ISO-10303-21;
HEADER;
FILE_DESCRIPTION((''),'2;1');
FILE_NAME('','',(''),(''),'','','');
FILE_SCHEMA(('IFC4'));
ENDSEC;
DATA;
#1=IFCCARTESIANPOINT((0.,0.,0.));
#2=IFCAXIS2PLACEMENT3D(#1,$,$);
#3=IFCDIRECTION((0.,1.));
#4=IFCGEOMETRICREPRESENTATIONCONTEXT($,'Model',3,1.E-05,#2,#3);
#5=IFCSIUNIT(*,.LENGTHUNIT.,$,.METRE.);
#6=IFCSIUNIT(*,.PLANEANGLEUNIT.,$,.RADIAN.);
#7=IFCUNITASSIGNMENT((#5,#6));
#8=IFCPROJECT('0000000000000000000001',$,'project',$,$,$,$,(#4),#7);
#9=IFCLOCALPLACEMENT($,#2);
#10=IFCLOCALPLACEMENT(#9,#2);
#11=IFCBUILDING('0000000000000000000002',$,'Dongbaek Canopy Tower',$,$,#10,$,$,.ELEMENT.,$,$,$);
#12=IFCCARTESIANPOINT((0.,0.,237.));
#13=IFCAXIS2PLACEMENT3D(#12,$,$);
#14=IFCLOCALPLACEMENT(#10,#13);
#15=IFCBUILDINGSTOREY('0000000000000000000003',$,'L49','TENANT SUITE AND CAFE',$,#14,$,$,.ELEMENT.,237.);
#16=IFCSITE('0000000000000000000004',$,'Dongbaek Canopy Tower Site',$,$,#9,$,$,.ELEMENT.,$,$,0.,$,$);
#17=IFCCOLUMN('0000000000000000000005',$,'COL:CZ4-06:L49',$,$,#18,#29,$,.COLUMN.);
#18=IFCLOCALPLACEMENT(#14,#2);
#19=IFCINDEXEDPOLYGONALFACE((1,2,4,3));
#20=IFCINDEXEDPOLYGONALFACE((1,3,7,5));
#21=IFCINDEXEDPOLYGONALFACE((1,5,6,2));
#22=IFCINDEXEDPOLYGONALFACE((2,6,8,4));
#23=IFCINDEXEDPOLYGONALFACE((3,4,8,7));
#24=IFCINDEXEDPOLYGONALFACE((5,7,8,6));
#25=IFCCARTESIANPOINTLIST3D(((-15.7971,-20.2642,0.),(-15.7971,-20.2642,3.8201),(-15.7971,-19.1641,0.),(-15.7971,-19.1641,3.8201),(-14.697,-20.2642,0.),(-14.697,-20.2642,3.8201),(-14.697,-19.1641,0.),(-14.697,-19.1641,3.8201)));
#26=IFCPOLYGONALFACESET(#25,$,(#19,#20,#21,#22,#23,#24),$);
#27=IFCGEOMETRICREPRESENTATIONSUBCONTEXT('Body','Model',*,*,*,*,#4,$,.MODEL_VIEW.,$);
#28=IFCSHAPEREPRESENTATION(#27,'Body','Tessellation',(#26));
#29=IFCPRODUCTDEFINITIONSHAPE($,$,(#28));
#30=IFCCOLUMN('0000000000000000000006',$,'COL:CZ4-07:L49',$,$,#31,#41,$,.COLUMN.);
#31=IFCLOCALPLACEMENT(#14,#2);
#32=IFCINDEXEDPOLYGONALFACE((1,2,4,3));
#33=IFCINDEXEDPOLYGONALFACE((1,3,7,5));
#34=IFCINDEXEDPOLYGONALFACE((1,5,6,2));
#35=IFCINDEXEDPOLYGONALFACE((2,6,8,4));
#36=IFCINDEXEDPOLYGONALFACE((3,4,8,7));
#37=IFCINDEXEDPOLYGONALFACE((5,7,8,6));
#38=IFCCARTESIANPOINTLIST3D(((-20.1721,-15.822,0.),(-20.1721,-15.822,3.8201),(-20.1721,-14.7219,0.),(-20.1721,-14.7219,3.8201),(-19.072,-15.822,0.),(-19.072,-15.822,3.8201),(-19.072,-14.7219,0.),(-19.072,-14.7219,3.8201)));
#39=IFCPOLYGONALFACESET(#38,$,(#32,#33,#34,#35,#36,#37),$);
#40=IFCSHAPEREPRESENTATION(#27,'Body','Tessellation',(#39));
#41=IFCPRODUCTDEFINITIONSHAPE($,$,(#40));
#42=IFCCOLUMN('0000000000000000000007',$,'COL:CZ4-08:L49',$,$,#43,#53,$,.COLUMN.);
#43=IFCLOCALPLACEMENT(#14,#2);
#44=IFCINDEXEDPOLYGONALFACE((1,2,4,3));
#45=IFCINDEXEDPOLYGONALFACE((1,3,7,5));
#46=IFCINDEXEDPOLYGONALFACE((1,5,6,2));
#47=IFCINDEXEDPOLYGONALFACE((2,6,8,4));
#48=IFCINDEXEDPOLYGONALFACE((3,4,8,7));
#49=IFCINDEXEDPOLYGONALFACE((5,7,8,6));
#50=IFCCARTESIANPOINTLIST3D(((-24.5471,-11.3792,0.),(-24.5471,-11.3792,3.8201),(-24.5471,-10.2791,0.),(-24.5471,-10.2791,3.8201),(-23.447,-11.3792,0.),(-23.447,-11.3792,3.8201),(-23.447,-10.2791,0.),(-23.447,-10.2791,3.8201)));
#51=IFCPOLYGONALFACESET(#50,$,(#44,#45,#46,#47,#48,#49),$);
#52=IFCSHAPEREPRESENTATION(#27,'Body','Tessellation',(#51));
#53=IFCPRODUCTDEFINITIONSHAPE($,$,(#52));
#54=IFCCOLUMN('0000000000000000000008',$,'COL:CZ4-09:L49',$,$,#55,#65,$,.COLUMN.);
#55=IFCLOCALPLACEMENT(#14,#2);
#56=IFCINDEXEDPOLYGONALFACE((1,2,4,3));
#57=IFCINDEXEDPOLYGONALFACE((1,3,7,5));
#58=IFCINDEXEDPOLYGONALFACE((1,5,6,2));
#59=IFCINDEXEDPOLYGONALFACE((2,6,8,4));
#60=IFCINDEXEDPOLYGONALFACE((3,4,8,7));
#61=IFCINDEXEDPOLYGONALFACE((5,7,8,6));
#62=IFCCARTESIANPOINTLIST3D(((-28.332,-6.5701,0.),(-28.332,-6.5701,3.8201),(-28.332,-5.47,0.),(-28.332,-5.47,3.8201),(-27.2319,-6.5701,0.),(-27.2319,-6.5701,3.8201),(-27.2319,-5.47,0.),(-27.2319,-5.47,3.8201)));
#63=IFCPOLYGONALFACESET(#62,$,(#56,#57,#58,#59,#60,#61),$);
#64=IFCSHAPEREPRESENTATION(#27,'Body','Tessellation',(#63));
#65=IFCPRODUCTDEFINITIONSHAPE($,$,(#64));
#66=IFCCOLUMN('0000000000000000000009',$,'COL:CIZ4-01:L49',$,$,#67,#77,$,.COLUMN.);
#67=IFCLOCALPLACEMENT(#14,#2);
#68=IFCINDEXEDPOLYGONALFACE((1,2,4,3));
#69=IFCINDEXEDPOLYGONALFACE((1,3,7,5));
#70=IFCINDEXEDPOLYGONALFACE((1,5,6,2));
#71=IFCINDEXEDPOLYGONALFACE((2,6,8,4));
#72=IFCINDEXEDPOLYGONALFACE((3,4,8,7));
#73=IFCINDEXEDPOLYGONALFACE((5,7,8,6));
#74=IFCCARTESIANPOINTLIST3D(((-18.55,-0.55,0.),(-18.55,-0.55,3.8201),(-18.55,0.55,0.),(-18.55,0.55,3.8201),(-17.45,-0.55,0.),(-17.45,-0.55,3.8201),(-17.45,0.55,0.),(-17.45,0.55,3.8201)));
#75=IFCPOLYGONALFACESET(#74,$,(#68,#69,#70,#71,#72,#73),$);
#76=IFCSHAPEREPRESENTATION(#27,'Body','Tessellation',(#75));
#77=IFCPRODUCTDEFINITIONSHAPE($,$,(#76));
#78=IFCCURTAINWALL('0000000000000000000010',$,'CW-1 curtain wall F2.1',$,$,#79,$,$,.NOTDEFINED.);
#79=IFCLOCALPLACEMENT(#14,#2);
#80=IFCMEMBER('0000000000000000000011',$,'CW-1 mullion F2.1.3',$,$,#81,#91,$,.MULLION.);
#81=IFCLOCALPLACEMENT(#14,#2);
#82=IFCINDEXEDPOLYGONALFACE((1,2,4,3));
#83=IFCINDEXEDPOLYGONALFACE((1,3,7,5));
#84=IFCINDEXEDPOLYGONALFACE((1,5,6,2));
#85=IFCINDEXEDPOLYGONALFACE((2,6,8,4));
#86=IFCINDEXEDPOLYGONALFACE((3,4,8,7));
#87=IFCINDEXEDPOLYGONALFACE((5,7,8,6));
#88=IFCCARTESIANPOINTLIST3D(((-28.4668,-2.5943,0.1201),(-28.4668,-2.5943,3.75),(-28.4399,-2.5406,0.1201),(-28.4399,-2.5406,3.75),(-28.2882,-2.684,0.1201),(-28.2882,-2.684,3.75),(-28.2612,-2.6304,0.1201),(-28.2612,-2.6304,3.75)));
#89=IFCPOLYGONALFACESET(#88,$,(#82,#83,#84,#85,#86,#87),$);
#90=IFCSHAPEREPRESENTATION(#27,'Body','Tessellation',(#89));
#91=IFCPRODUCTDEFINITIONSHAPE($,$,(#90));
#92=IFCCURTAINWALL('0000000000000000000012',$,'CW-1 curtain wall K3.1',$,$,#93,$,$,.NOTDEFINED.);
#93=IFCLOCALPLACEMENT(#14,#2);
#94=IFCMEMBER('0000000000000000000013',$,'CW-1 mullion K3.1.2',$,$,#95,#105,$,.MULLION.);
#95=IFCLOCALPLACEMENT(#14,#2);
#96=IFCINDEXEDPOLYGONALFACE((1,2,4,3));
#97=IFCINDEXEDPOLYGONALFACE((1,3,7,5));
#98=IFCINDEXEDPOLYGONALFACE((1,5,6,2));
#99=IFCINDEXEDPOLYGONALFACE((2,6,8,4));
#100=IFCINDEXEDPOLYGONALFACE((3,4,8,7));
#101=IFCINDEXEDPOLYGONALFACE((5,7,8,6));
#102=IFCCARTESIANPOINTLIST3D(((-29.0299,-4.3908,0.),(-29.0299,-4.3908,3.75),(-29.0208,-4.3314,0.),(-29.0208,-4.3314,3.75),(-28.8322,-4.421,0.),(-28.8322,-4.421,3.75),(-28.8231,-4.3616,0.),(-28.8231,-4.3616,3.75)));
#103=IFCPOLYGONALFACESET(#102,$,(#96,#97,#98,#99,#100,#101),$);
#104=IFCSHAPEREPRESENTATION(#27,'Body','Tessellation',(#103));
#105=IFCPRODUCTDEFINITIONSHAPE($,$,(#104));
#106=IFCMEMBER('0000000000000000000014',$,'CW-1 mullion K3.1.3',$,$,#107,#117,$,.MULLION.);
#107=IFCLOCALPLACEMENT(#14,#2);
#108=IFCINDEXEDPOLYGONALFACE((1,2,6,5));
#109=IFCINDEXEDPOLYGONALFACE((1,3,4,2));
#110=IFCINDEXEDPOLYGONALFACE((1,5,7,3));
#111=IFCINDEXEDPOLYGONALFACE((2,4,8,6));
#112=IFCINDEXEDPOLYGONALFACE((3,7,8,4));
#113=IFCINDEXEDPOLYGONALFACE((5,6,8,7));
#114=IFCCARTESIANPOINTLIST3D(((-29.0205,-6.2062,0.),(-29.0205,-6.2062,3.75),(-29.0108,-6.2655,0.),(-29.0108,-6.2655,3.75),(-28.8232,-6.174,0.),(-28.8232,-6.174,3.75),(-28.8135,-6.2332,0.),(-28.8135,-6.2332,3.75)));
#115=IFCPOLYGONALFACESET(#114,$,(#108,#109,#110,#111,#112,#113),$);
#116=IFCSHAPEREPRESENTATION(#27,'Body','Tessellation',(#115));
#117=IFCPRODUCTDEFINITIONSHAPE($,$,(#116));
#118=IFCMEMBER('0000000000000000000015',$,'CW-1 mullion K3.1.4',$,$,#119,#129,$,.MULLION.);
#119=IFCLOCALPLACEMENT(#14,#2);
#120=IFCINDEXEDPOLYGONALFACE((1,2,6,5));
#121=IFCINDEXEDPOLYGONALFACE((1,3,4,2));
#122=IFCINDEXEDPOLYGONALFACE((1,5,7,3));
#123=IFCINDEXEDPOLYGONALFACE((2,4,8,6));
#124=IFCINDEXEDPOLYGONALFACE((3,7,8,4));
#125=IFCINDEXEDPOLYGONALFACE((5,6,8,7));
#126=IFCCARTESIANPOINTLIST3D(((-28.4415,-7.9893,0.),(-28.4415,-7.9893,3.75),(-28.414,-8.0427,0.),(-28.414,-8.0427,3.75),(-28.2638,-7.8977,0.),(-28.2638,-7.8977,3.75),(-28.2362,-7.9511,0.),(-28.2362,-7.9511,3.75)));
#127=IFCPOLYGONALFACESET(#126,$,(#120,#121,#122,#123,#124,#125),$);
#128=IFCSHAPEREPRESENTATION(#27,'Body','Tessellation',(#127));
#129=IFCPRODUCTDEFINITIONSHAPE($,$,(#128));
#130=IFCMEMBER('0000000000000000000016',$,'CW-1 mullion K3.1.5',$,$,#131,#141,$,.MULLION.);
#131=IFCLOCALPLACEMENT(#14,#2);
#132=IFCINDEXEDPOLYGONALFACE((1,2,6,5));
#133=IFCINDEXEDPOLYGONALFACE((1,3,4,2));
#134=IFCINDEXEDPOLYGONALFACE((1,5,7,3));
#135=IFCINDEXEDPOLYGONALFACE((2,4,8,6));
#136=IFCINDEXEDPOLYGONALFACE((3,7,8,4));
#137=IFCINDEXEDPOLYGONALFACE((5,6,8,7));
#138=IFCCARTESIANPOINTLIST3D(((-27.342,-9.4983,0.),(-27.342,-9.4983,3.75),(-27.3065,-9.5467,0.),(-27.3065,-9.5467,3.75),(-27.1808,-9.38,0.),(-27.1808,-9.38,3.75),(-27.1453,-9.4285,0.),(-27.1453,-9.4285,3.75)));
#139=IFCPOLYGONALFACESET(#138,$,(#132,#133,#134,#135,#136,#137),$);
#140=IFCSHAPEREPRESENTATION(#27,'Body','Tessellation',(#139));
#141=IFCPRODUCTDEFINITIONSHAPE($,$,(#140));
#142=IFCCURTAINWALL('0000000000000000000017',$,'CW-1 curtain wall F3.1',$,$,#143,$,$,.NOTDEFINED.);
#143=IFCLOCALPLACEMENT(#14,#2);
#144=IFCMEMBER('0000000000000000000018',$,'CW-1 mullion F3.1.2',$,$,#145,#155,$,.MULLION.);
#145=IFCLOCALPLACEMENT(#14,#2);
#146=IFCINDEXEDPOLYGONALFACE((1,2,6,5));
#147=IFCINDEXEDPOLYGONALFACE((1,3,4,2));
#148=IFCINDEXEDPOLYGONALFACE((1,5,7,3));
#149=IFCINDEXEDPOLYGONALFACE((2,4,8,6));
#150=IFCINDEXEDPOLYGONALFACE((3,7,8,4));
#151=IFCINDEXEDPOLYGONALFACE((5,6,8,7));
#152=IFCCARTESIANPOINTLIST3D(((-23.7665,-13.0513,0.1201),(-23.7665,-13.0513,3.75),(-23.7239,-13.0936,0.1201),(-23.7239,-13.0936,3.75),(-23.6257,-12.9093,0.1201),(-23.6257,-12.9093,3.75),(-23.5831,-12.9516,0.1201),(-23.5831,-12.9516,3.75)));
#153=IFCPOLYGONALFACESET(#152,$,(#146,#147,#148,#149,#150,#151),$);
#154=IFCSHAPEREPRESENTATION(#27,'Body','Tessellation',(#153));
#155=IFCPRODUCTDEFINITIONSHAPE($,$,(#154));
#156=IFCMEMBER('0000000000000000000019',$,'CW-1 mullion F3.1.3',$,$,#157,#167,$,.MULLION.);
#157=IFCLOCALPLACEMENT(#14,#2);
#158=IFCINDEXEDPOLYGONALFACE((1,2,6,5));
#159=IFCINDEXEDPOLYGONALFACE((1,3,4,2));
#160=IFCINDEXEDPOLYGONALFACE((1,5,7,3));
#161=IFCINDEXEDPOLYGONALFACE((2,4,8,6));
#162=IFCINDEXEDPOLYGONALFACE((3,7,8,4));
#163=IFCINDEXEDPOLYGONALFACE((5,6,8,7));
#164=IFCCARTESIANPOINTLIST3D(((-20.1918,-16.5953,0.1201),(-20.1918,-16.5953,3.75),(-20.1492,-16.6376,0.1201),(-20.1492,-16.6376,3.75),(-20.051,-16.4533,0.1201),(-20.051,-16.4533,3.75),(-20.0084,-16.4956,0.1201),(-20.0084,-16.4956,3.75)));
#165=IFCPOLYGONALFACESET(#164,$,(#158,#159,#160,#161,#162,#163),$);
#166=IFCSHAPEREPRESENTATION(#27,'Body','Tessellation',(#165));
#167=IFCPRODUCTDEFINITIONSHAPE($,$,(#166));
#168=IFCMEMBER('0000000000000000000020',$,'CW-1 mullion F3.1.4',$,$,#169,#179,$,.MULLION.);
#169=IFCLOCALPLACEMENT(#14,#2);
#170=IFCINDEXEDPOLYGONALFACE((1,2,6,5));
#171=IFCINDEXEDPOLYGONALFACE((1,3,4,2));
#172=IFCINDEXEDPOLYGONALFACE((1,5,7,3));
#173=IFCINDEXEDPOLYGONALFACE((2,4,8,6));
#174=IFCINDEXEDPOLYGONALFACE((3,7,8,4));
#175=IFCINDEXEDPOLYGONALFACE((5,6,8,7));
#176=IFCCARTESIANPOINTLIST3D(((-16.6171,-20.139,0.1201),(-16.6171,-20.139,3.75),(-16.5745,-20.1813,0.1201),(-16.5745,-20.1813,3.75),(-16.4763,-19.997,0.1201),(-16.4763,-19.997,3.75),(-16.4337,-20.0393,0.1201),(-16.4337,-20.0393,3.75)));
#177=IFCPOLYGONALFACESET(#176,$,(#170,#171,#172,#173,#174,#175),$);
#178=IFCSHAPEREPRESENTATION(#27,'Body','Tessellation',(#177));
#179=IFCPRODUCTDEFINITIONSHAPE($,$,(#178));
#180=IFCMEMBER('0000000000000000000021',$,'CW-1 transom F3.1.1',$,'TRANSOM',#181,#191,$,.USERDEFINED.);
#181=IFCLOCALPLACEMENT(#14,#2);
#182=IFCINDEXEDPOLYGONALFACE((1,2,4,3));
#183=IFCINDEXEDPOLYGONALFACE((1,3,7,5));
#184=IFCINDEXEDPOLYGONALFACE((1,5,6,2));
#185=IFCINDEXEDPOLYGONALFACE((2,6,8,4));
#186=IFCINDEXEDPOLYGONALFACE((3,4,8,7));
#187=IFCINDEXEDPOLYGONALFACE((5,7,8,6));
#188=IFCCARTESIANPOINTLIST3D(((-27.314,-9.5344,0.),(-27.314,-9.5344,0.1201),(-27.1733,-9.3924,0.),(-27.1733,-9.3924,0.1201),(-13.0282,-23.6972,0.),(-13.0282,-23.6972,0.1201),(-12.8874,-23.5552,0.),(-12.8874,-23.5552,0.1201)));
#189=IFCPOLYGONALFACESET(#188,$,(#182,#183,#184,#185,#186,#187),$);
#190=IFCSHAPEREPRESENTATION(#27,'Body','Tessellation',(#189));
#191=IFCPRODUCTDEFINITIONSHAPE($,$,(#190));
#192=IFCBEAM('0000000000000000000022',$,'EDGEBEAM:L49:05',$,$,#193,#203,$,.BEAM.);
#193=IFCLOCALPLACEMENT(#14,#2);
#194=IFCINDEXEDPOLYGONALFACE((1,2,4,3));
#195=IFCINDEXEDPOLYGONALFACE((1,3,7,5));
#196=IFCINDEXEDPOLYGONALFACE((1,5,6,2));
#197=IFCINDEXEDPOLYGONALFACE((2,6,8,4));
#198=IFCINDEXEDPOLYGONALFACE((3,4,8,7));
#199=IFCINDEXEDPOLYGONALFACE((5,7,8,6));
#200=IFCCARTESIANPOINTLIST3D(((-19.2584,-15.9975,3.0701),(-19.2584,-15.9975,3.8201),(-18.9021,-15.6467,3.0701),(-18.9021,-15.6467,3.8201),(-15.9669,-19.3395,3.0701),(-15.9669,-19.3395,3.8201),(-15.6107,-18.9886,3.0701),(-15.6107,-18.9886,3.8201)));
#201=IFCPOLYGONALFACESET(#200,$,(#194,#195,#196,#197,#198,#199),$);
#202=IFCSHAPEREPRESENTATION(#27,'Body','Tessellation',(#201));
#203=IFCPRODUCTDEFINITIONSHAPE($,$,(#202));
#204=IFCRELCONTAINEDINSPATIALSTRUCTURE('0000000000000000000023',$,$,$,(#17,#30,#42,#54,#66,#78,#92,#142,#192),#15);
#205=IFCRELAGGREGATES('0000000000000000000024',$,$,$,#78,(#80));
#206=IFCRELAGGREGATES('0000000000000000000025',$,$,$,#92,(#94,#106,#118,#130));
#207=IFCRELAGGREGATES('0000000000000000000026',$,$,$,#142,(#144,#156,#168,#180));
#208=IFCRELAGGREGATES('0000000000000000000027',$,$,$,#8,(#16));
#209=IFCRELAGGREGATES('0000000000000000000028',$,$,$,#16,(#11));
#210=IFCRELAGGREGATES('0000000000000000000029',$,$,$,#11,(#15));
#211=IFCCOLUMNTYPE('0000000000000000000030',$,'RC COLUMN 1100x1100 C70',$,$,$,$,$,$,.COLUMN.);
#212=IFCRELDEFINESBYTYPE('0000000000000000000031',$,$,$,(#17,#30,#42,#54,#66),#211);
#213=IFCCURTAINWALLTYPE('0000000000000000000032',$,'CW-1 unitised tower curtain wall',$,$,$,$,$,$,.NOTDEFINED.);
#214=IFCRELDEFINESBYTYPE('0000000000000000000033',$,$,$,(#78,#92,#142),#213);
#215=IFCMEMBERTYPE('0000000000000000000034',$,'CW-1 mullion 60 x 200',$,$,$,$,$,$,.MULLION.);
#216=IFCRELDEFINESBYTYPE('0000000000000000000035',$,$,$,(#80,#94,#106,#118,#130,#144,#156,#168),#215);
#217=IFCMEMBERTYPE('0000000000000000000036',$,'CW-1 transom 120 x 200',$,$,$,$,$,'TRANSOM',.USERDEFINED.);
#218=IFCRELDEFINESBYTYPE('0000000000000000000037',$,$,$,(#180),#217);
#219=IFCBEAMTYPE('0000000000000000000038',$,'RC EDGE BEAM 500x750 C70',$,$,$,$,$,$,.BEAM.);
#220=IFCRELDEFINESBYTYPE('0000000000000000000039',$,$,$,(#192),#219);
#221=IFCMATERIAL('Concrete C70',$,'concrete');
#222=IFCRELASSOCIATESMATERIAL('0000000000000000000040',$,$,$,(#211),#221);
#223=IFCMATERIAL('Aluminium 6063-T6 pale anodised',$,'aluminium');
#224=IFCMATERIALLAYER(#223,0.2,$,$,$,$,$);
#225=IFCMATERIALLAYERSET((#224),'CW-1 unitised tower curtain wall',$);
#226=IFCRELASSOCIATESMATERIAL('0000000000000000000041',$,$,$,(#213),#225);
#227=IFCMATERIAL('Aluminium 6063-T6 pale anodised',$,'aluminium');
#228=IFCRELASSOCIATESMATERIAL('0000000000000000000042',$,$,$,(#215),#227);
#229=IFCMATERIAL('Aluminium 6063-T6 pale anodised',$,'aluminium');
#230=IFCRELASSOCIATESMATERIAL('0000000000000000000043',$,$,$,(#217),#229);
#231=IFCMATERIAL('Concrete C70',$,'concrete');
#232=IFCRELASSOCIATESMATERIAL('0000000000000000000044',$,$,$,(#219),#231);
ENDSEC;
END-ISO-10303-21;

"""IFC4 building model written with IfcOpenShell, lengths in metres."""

from ifc_helpers import new_model, si_unit, direction, frame, origin, origin_2d, place, context, subcontext, project, spatial, rectangle, extrude, material, layer, layer_set, material_profile, profile_set, type_object, element, aggregate, save


model = new_model("IFC4")

# Units and contexts
model_context = context("Model", 3, precision=1e-05, world=origin(), true_north=direction((0.0, 1.0)))
body_context = subcontext(model_context, "Body", "Model", "MODEL_VIEW")
ifc_project = project(units=[si_unit("LENGTHUNIT", "METRE"), si_unit("PLANEANGLEUNIT", "RADIAN")], contexts=[model_context])

# Site, building, storey
site_placement = place(None, origin())
site = spatial("IfcSite", under=ifc_project, at=site_placement, Name="Dongbaek Canopy Tower Site", CompositionType="ELEMENT", RefElevation=0.0)
building_placement = place(site_placement, origin())
building = spatial("IfcBuilding", under=site, at=building_placement, Name="Dongbaek Canopy Tower", CompositionType="ELEMENT")
storey_placement = place(building_placement, frame((0.0, 0.0, 237.0)))
storey = spatial("IfcBuildingStorey", under=building, at=storey_placement, Name="L49", Description="TENANT SUITE AND CAFE", CompositionType="ELEMENT", Elevation=237.0)

# Columns
ifc_material_1 = material(Name="Concrete C70", Category="concrete")
ifc_material_profile_1 = material_profile(ifc_material_1, rectangle(XDim=1.1001, YDim=1.1001, at=origin_2d()), Name="RC COLUMN 1100x1100 C70")
ifc_profile_set_1 = profile_set([ifc_material_profile_1], Name="Concrete C70")
column_type = type_object("IfcColumnType", Name="RC COLUMN 1100x1100 C70", PredefinedType="COLUMN", material=ifc_profile_set_1)
for number, where, z_axis, x_axis, name in (
    (1, (-15.2471, -19.7141, 0.0), (0.0, 0.0, 1.0), (1.0, 0.0, 0.0), "COL:CZ4-06:L49"),
    (2, (-19.6221, -15.272, 0.0), (0.0, 0.0, 1.0), (1.0, 0.0, 0.0), "COL:CZ4-07:L49"),
    (3, (-23.9971, -10.8291, 0.0), (0.0, 0.0, 1.0), (1.0, 0.0, 0.0), "COL:CZ4-08:L49"),
    (4, (-27.782, -6.02, 0.0), (0.0, 0.0, 1.0), (1.0, 0.0, 0.0), "COL:CZ4-09:L49"),
    (5, (-18.0, 0.0, 0.0), (0.0, 0.0, 1.0), (1.0, 0.0, 0.0), "COL:CIZ4-01:L49"),
):
    element("IfcColumn", number, at=place(storey_placement, frame(where, z_axis=z_axis, x_axis=x_axis)), inside=storey, type_object=column_type, Name=name, PredefinedType="COLUMN", context=body_context, shape_type="SweptSolid", body=[
        extrude(rectangle(XDim=1.1001, YDim=1.1001, at=origin_2d()), origin(), (0.0, 0.0, 1.0), 3.8201),
    ])

# Curtain wall, member
ifc_material_2 = material(Name="Aluminium 6063-T6 pale anodised", Category="aluminium")
ifc_layer_1 = layer(ifc_material_2, 0.2)
ifc_layer_set_1 = layer_set([ifc_layer_1], Name="CW-1 unitised tower curtain wall")
curtain_wall_type = type_object("IfcCurtainWallType", Name="CW-1 unitised tower curtain wall", PredefinedType="NOTDEFINED", material=ifc_layer_set_1)
curtain_wall_1_placement = place(storey_placement, origin())
curtain_wall_1 = element("IfcCurtainWall", 6, at=curtain_wall_1_placement, inside=storey, type_object=curtain_wall_type, Name="CW-1 curtain wall F2.1", PredefinedType="NOTDEFINED")
ifc_material_3 = material(Name="Aluminium 6063-T6 pale anodised", Category="aluminium")
ifc_material_profile_2 = material_profile(ifc_material_3, rectangle(XDim=0.2, YDim=0.0601, at=origin_2d()), Name="CW-1 mullion 60 x 200")
ifc_profile_set_2 = profile_set([ifc_material_profile_2], Name="Aluminium 6063-T6 pale anodised")
member_type_1 = type_object("IfcMemberType", Name="CW-1 mullion 60 x 200", PredefinedType="MULLION", material=ifc_profile_set_2)
member_1_placement = place(storey_placement, frame((-28.364, -2.6123, 0.1201), z_axis=(0.0, 0.0, 1.0), x_axis=(-0.893577, 0.448909, 0.0)))
member_1 = element("IfcMember", 7, at=member_1_placement, type_object=member_type_1, Name="CW-1 mullion F2.1.3", PredefinedType="MULLION", context=body_context, shape_type="SweptSolid", body=[
    extrude(rectangle(XDim=0.2, YDim=0.0601, at=origin_2d()), origin(), (0.0, 0.0, 1.0), 3.6299),
])

# Curtain walls, members
curtain_wall_2_placement = place(storey_placement, origin())
curtain_wall_2 = element("IfcCurtainWall", 8, at=curtain_wall_2_placement, inside=storey, type_object=curtain_wall_type, Name="CW-1 curtain wall K3.1", PredefinedType="NOTDEFINED")
member_2_placement = place(storey_placement, frame((-28.9265, -4.3762, 0.0), z_axis=(0.0, 0.0, 1.0), x_axis=(-0.988512, 0.151144, 0.0)))
member_2 = element("IfcMember", 9, at=member_2_placement, type_object=member_type_1, Name="CW-1 mullion K3.1.2", PredefinedType="MULLION", context=body_context, shape_type="SweptSolid", body=[
    extrude(rectangle(XDim=0.2, YDim=0.0601, at=origin_2d()), origin(), (0.0, 0.0, 1.0), 3.75),
])
member_3_placement = place(storey_placement, frame((-28.917, -6.2197, 0.0), z_axis=(0.0, 0.0, 1.0), x_axis=(-0.986892, -0.161383, 0.0)))
member_3 = element("IfcMember", 10, at=member_3_placement, type_object=member_type_1, Name="CW-1 mullion K3.1.3", PredefinedType="MULLION", context=body_context, shape_type="SweptSolid", body=[
    extrude(rectangle(XDim=0.2, YDim=0.0601, at=origin_2d()), origin(), (0.0, 0.0, 1.0), 3.75),
])
member_4_placement = place(storey_placement, frame((-28.3389, -7.9702, 0.0), z_axis=(0.0, 0.0, 1.0), x_axis=(-0.888876, -0.458148, 0.0)))
member_4 = element("IfcMember", 11, at=member_4_placement, type_object=member_type_1, Name="CW-1 mullion K3.1.4", PredefinedType="MULLION", context=body_context, shape_type="SweptSolid", body=[
    extrude(rectangle(XDim=0.2, YDim=0.0601, at=origin_2d()), origin(), (0.0, 0.0, 1.0), 3.75),
])
member_5_placement = place(storey_placement, frame((-27.2437, -9.4634, 0.0), z_axis=(0.0, 0.0, 1.0), x_axis=(-0.806363, -0.591421, 0.0)))
member_5 = element("IfcMember", 12, at=member_5_placement, type_object=member_type_1, Name="CW-1 mullion K3.1.5", PredefinedType="MULLION", context=body_context, shape_type="SweptSolid", body=[
    extrude(rectangle(XDim=0.2, YDim=0.0601, at=origin_2d()), origin(), (0.0, 0.0, 1.0), 3.75),
])
curtain_wall_3_placement = place(storey_placement, origin())
curtain_wall_3 = element("IfcCurtainWall", 13, at=curtain_wall_3_placement, inside=storey, type_object=curtain_wall_type, Name="CW-1 curtain wall F3.1", PredefinedType="NOTDEFINED")
member_6_placement = place(storey_placement, frame((-23.6748, -13.0015, 0.1201), z_axis=(0.0, 0.0, 1.0), x_axis=(-0.704038, -0.710162, 0.0)))
member_6 = element("IfcMember", 14, at=member_6_placement, type_object=member_type_1, Name="CW-1 mullion F3.1.2", PredefinedType="MULLION", context=body_context, shape_type="SweptSolid", body=[
    extrude(rectangle(XDim=0.2, YDim=0.0601, at=origin_2d()), origin(), (0.0, 0.0, 1.0), 3.6299),
])
member_7_placement = place(storey_placement, frame((-20.1001, -16.5454, 0.1201), z_axis=(0.0, 0.0, 1.0), x_axis=(-0.704038, -0.710162, 0.0)))
member_7 = element("IfcMember", 15, at=member_7_placement, type_object=member_type_1, Name="CW-1 mullion F3.1.3", PredefinedType="MULLION", context=body_context, shape_type="SweptSolid", body=[
    extrude(rectangle(XDim=0.2, YDim=0.0601, at=origin_2d()), origin(), (0.0, 0.0, 1.0), 3.6299),
])
member_8_placement = place(storey_placement, frame((-16.5254, -20.0891, 0.1201), z_axis=(0.0, 0.0, 1.0), x_axis=(-0.704038, -0.710162, 0.0)))
member_8 = element("IfcMember", 16, at=member_8_placement, type_object=member_type_1, Name="CW-1 mullion F3.1.4", PredefinedType="MULLION", context=body_context, shape_type="SweptSolid", body=[
    extrude(rectangle(XDim=0.2, YDim=0.0601, at=origin_2d()), origin(), (0.0, 0.0, 1.0), 3.6299),
])
ifc_material_4 = material(Name="Aluminium 6063-T6 pale anodised", Category="aluminium")
ifc_material_profile_3 = material_profile(ifc_material_4, rectangle(XDim=0.2, YDim=0.1201, at=origin_2d()), Name="CW-1 transom 120 x 200")
ifc_profile_set_3 = profile_set([ifc_material_profile_3], Name="Aluminium 6063-T6 pale anodised")
member_type_2 = type_object("IfcMemberType", Name="CW-1 transom 120 x 200", ElementType="TRANSOM", PredefinedType="USERDEFINED", material=ifc_profile_set_3)
member_9_placement = place(storey_placement, frame((-27.2437, -9.4634, 0.0601), z_axis=(0.710159, -0.704042, 0.0), x_axis=(0.704042, 0.710159, 0.0)))
member_9 = element("IfcMember", 17, at=member_9_placement, type_object=member_type_2, Name="CW-1 transom F3.1.1", ObjectType="TRANSOM", PredefinedType="USERDEFINED", context=body_context, shape_type="SweptSolid", body=[
    extrude(rectangle(XDim=0.2, YDim=0.1201, at=origin_2d()), origin(), (0.0, 0.0, 1.0), 20.1165),
])

# Beam
ifc_material_5 = material(Name="Concrete C70", Category="concrete")
ifc_material_profile_4 = material_profile(ifc_material_5, rectangle(XDim=0.5, YDim=0.75, at=origin_2d()), Name="RC EDGE BEAM 500x750 C70")
ifc_profile_set_4 = profile_set([ifc_material_profile_4], Name="Concrete C70")
beam_type = type_object("IfcBeamType", Name="RC EDGE BEAM 500x750 C70", PredefinedType="BEAM", material=ifc_profile_set_4)
beam_1_placement = place(storey_placement, frame((-15.7888, -19.1641, 3.4451), z_axis=(-0.701699, 0.712473, 0.0), x_axis=(-0.712473, -0.701699, 0.0)))
element("IfcBeam", 18, at=beam_1_placement, inside=storey, type_object=beam_type, Name="EDGEBEAM:L49:05", PredefinedType="BEAM", context=body_context, shape_type="SweptSolid", body=[
    extrude(rectangle(XDim=0.5, YDim=0.75, at=origin_2d()), origin(), (0.0, 0.0, 1.0), 4.6907),
])

aggregate(curtain_wall_1, [member_1])
aggregate(curtain_wall_2, [member_2, member_3, member_4, member_5])
aggregate(curtain_wall_3, [member_6, member_7, member_8, member_9])

save(model, "model.ifc")
